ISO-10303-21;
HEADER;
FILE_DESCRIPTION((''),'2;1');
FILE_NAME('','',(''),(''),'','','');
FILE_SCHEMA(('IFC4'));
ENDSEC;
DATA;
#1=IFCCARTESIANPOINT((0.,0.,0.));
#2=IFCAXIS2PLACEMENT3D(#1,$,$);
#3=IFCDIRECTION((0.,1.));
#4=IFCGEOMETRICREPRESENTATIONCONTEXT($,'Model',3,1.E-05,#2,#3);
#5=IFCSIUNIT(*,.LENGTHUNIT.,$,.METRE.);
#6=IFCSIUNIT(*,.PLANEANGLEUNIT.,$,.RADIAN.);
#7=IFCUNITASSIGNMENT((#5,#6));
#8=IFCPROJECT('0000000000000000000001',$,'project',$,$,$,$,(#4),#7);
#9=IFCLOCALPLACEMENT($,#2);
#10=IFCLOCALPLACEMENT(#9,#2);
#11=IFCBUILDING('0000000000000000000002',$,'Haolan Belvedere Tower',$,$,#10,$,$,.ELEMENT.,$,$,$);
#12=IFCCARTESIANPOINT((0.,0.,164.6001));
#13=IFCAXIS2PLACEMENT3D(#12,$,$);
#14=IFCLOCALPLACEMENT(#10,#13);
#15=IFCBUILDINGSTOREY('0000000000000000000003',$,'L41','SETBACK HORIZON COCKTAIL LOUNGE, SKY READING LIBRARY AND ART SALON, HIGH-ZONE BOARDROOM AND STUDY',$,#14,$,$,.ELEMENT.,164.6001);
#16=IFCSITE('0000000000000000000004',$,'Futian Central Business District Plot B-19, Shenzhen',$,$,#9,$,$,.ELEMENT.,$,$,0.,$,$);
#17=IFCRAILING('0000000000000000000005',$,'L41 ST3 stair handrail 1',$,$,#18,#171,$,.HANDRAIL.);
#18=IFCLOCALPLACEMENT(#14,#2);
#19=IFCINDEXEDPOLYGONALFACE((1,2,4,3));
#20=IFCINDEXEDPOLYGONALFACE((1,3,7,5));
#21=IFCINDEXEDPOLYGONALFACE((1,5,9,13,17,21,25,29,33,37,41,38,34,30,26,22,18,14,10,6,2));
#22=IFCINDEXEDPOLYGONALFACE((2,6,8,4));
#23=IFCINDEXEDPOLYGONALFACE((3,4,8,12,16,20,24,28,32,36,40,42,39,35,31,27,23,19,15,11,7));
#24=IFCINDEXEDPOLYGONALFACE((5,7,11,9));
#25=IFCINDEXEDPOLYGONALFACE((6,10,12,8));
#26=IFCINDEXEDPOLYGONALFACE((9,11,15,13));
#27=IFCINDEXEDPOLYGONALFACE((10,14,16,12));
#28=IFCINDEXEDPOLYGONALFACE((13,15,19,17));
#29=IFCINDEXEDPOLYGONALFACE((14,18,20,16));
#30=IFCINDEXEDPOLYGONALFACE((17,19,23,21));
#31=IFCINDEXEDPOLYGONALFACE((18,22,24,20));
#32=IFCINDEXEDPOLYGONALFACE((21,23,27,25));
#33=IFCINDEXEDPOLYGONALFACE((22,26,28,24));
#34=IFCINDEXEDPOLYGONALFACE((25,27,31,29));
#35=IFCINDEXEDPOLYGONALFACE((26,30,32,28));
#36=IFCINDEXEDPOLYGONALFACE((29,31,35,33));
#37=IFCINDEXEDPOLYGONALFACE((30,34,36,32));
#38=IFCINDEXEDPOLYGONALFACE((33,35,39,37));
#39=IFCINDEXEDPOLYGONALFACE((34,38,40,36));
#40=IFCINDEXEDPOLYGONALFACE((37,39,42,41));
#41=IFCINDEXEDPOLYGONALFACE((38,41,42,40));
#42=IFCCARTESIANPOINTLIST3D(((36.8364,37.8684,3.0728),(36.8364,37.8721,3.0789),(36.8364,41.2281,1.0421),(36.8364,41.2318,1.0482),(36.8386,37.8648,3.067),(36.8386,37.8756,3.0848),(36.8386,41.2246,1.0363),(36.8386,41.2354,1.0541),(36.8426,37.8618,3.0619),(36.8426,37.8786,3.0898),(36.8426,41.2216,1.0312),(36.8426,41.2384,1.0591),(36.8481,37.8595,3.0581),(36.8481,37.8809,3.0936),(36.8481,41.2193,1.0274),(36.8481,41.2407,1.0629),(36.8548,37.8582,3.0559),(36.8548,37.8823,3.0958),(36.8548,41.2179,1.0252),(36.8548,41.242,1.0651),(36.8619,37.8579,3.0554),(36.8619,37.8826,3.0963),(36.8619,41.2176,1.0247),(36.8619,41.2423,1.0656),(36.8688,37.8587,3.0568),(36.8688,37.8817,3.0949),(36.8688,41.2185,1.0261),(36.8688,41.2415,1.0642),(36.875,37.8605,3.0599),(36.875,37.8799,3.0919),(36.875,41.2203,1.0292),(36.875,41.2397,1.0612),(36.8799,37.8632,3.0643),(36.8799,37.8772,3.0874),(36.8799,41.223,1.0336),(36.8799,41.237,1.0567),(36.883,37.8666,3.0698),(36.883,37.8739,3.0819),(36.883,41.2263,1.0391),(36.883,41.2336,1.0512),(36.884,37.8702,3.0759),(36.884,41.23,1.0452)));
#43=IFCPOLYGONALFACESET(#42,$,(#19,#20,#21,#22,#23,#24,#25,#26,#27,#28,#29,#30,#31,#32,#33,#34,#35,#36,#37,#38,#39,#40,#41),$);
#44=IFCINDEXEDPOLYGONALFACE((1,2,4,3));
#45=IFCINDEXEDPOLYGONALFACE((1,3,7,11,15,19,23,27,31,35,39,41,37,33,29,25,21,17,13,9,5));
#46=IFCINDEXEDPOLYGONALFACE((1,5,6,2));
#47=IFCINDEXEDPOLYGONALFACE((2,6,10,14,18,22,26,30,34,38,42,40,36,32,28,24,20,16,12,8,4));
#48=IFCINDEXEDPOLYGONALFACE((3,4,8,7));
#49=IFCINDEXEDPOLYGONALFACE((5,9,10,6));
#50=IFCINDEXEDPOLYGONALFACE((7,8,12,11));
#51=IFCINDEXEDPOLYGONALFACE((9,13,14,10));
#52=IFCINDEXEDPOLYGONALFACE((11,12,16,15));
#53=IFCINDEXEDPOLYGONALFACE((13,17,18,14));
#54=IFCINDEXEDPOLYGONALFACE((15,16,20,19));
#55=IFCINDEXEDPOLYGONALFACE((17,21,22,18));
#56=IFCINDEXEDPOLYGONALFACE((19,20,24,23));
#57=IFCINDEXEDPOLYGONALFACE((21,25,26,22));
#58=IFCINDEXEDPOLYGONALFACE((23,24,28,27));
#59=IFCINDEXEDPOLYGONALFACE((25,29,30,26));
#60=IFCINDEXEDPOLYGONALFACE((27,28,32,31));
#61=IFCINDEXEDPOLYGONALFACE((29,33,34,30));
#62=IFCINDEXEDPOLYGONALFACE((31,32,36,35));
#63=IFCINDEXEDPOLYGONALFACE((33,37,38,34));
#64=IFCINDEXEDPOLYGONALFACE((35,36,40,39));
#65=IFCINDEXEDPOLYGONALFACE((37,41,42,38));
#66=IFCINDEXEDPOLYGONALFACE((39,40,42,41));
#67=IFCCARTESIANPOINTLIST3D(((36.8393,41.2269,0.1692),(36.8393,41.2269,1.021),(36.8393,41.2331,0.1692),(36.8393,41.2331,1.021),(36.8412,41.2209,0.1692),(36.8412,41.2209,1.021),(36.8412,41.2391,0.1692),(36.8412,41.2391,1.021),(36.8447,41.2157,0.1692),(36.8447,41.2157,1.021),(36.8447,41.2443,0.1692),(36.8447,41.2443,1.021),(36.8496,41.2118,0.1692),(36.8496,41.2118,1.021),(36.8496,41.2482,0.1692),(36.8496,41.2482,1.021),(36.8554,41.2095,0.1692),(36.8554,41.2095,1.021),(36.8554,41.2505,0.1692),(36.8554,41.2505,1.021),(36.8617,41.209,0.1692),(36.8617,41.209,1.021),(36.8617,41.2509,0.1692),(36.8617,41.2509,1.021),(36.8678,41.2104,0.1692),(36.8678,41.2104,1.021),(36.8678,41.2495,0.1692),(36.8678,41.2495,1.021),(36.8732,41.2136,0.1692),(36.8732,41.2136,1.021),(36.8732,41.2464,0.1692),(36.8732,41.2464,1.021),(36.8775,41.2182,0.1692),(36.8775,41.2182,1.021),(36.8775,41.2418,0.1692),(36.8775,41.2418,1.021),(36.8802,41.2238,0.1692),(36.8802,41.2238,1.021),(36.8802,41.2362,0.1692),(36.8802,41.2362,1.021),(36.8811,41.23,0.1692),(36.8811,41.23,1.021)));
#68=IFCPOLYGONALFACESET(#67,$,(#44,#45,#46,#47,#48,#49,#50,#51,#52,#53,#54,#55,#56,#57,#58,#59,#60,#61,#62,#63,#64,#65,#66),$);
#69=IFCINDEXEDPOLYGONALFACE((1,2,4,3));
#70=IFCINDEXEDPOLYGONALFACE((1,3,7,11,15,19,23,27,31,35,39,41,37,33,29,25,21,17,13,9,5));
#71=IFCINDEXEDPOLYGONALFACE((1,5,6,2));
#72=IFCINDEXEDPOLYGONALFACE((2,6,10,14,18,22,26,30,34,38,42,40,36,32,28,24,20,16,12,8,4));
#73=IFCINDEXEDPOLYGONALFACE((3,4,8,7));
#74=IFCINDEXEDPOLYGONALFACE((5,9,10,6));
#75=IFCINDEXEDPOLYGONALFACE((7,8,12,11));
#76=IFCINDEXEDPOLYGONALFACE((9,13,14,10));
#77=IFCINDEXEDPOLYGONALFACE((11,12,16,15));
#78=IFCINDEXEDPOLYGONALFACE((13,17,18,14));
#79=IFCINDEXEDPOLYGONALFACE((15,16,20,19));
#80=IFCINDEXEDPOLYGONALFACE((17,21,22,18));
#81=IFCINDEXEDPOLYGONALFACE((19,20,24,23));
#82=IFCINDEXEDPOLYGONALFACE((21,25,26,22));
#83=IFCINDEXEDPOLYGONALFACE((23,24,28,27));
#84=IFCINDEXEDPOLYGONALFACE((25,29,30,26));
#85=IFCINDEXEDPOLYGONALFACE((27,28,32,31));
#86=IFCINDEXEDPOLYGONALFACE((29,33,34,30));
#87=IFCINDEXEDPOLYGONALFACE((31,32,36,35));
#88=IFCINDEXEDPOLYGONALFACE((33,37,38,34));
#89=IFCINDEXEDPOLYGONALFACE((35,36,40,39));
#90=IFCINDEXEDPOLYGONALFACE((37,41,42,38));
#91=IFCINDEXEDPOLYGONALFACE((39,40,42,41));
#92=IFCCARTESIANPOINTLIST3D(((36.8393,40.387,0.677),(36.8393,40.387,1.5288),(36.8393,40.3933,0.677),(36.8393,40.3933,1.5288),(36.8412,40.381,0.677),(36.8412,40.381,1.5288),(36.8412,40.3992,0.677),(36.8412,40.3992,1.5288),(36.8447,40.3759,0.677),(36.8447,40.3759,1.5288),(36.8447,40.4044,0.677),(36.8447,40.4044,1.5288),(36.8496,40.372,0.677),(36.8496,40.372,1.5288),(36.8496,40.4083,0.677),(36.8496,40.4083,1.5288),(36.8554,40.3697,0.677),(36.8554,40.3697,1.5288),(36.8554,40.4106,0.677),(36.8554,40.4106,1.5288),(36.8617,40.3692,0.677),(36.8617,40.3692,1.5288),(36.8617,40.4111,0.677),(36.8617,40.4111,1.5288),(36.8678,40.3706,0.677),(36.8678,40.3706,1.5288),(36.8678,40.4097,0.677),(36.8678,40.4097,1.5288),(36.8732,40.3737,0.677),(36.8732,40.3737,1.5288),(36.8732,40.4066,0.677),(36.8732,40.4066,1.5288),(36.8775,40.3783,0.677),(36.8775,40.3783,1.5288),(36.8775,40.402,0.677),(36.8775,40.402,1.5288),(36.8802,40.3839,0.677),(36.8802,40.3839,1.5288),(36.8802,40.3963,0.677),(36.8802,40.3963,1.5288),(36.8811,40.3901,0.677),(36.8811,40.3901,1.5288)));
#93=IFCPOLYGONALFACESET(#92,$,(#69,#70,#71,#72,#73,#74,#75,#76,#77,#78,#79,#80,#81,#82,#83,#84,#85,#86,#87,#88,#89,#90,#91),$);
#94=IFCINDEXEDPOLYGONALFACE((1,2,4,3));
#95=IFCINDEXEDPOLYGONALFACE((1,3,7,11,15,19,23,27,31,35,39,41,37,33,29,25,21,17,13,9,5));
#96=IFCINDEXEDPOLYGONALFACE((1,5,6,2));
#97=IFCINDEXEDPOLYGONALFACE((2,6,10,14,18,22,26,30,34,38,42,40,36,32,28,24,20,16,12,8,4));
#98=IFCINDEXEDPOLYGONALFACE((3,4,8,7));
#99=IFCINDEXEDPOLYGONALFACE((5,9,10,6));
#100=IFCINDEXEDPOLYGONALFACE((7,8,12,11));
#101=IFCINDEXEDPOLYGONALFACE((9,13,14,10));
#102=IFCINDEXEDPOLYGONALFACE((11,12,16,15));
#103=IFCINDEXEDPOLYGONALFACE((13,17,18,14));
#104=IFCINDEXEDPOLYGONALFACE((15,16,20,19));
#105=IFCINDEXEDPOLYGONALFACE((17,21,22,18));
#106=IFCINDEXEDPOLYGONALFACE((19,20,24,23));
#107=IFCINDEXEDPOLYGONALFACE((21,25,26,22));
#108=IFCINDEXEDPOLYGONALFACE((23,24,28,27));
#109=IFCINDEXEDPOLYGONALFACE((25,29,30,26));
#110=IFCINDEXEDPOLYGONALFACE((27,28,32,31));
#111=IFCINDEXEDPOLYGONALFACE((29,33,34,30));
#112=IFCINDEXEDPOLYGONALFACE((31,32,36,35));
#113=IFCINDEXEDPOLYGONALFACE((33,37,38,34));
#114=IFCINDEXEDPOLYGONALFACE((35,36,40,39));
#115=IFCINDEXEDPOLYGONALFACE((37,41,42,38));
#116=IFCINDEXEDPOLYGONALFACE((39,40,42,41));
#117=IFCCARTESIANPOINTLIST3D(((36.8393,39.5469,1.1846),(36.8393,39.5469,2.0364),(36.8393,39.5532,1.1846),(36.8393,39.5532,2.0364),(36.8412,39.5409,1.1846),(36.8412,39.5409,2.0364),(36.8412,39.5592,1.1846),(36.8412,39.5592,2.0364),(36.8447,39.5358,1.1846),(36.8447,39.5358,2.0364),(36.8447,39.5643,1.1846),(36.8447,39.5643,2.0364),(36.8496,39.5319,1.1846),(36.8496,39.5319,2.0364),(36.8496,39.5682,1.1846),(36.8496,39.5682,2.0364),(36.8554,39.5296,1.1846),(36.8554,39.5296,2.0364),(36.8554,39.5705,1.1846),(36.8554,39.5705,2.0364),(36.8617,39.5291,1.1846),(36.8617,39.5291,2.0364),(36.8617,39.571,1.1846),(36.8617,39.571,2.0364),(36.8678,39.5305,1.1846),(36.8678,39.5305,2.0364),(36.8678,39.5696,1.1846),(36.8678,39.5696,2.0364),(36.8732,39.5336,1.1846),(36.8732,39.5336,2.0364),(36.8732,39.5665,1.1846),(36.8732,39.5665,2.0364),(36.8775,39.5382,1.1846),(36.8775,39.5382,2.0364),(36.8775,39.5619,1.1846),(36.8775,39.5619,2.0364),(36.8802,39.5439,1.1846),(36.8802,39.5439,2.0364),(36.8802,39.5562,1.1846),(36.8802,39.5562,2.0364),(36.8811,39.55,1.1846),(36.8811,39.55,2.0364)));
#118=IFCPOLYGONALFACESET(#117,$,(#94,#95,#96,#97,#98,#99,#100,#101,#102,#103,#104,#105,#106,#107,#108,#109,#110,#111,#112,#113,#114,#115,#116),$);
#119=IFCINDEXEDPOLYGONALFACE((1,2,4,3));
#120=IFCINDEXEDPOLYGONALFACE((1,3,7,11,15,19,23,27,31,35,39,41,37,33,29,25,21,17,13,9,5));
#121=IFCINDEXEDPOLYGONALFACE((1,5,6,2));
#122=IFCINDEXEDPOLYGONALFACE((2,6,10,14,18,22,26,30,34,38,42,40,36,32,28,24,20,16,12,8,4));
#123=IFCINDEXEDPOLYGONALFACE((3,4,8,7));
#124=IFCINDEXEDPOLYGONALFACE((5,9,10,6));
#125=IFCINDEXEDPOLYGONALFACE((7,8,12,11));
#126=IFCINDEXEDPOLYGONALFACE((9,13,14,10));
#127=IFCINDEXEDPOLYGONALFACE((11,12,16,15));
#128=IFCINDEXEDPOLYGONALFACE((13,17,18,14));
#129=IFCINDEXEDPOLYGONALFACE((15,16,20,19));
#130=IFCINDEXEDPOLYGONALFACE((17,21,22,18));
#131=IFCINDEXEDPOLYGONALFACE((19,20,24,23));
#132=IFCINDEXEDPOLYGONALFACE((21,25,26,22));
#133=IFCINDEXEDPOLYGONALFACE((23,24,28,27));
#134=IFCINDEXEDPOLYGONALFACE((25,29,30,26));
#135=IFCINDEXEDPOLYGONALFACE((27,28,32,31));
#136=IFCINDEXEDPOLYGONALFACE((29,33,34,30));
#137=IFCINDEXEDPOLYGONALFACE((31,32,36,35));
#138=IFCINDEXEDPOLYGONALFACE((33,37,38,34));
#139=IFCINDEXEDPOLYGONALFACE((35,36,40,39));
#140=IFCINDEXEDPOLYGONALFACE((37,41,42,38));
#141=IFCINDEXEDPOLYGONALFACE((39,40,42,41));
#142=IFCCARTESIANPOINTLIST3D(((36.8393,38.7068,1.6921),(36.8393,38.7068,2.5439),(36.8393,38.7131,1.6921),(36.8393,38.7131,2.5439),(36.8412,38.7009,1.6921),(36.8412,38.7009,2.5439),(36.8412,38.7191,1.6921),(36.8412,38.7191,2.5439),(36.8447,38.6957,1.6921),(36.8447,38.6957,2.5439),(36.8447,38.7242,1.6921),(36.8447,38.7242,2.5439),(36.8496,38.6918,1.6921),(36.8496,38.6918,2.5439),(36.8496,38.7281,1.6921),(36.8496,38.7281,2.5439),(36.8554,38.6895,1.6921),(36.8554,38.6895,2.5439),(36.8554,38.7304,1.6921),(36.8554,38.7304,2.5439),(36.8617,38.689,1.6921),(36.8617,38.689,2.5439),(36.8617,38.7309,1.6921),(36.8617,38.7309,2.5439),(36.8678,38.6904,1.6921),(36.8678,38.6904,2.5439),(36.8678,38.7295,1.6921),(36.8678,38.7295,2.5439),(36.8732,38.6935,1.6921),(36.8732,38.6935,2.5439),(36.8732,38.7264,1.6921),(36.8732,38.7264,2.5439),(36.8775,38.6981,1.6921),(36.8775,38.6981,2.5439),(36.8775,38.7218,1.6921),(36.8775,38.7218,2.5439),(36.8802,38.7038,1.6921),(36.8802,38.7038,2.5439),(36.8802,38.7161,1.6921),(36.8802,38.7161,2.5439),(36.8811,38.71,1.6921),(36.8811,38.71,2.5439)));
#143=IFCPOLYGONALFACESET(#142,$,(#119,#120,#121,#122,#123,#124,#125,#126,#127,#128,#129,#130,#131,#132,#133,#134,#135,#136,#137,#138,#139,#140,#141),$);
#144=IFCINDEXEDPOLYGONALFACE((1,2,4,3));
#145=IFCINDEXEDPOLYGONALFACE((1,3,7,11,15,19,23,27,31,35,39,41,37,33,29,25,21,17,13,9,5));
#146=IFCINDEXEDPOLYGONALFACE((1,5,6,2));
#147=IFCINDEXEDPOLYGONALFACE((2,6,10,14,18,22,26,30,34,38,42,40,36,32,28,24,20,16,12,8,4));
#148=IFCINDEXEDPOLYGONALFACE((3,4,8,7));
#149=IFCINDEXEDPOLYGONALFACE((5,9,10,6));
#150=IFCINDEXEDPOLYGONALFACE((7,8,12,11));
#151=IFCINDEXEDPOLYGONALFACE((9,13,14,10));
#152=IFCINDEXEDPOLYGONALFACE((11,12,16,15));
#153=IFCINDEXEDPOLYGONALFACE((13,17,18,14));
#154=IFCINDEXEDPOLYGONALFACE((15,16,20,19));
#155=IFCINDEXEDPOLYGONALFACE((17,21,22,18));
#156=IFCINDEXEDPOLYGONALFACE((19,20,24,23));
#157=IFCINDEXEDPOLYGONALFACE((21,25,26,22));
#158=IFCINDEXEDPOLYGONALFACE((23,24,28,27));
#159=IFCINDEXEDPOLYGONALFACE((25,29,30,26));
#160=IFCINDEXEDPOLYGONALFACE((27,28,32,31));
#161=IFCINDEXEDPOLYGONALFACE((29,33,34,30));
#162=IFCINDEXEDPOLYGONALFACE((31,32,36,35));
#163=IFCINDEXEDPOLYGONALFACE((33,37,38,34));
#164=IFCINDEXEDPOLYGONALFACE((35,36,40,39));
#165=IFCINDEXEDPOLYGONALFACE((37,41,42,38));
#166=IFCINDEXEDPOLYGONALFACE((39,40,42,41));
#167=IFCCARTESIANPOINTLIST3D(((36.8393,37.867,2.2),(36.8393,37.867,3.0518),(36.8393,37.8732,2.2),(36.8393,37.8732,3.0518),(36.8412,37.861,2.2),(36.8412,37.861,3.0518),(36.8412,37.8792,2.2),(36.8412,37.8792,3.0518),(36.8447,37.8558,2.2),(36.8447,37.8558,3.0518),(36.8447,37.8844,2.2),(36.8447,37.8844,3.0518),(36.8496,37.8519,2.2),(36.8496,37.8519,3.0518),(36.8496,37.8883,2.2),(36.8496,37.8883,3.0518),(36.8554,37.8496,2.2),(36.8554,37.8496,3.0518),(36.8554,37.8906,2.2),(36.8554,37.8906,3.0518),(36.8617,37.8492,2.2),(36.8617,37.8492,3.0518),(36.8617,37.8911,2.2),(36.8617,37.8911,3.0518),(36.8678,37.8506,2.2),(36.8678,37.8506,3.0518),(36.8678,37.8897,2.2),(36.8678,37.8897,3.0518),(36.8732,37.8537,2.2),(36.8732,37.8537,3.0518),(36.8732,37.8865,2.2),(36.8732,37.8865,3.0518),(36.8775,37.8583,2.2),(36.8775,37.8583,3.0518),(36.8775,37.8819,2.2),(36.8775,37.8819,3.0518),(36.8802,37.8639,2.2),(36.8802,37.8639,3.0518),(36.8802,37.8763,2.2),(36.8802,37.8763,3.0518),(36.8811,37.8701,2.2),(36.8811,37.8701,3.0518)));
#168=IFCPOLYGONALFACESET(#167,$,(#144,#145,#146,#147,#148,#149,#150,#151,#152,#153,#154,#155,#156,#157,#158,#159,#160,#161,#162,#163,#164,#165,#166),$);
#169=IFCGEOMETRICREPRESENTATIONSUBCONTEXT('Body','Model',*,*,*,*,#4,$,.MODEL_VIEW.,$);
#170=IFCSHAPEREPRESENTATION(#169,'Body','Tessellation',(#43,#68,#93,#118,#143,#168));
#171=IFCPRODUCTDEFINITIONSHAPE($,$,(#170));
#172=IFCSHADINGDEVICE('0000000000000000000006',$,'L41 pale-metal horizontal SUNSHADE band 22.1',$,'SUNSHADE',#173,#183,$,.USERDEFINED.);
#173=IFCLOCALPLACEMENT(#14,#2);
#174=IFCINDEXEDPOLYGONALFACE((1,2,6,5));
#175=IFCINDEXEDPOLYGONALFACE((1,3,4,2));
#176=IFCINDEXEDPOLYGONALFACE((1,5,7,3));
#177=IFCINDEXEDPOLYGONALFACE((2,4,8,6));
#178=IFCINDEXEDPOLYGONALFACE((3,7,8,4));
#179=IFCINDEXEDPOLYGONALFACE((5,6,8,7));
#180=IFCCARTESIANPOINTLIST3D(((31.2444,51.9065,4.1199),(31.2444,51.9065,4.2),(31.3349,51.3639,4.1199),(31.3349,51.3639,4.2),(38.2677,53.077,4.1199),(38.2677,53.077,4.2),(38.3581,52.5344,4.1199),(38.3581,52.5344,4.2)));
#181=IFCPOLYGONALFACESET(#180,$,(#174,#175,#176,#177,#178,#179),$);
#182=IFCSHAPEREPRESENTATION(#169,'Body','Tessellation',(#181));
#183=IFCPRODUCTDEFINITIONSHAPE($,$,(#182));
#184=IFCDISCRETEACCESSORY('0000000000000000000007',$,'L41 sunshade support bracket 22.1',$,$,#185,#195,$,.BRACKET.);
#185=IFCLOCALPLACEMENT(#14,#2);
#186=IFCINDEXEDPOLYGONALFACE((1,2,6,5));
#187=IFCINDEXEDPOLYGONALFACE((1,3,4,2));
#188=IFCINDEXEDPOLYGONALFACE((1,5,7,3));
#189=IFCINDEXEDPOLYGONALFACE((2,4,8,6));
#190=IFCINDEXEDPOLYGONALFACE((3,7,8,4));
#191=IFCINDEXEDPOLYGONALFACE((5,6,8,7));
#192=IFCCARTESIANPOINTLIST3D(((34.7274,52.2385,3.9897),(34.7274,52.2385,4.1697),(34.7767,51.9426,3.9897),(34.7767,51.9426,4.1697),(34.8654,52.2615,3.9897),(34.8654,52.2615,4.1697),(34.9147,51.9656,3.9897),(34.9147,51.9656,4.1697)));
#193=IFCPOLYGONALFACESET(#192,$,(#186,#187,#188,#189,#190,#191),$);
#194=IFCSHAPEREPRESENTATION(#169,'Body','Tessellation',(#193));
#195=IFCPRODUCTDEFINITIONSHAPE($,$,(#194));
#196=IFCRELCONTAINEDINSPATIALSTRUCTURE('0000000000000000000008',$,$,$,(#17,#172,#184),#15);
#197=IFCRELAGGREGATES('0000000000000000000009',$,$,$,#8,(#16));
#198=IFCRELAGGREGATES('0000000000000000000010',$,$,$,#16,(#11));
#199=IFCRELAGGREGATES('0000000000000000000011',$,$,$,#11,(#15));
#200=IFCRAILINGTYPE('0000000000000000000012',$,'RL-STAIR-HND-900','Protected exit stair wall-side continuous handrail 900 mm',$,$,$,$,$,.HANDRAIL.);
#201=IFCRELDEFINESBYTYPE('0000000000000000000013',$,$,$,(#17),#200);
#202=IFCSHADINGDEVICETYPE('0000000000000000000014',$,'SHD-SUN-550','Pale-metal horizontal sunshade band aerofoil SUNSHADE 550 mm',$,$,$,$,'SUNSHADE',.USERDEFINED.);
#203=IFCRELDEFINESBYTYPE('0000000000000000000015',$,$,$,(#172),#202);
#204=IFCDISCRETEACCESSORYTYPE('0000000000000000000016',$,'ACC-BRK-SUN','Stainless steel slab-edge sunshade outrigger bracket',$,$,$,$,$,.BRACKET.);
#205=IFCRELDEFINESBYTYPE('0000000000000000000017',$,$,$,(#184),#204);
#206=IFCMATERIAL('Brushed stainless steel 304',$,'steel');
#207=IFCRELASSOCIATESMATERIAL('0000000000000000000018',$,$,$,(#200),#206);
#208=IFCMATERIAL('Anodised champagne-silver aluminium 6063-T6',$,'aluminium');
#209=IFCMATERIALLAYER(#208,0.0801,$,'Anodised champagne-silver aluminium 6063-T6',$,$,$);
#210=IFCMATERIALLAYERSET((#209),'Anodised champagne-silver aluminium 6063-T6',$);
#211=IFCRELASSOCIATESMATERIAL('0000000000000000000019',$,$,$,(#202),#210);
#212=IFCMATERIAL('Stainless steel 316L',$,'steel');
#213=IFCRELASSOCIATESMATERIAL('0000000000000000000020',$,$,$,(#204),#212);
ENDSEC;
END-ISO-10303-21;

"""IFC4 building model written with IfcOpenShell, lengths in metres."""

from ifc_helpers import new_model, si_unit, direction, frame, origin, origin_2d, place, context, subcontext, project, spatial, rectangle, circle, extrude, material, layer, layer_set, type_object, element, save


model = new_model("IFC4")

# Units and contexts
model_context = context("Model", 3, precision=1e-05, world=origin(), true_north=direction((0.0, 1.0)))
body_context = subcontext(model_context, "Body", "Model", "MODEL_VIEW")
ifc_project = project(units=[si_unit("LENGTHUNIT", "METRE"), si_unit("PLANEANGLEUNIT", "RADIAN")], contexts=[model_context])

# Site, building, storey
site_placement = place(None, origin())
site = spatial("IfcSite", under=ifc_project, at=site_placement, Name="Futian Central Business District Plot B-19, Shenzhen", CompositionType="ELEMENT", RefElevation=0.0)
building_placement = place(site_placement, origin())
building = spatial("IfcBuilding", under=site, at=building_placement, Name="Haolan Belvedere Tower", CompositionType="ELEMENT")
storey_placement = place(building_placement, frame((0.0, 0.0, 164.6001)))
storey = spatial("IfcBuildingStorey", under=building, at=storey_placement, Name="L41", Description="SETBACK HORIZON COCKTAIL LOUNGE, SKY READING LIBRARY AND ART SALON, HIGH-ZONE BOARDROOM AND STUDY", CompositionType="ELEMENT", Elevation=164.6001)

# Railing
ifc_material_1 = material(Name="Brushed stainless steel 304", Category="steel")
railing_type_1 = type_object("IfcRailingType", Name="RL-STAIR-HND-900", Description="Protected exit stair wall-side continuous handrail 900 mm", PredefinedType="HANDRAIL", material=ifc_material_1)
railing_1_placement = place(storey_placement, frame((36.8601, 41.23, 0.1692)))
element("IfcRailing", 1, at=railing_1_placement, inside=storey, type_object=railing_type_1, Name="L41 ST3 stair handrail 1", PredefinedType="HANDRAIL", context=body_context, shape_type="SweptSolid", body=[
    extrude(circle(Radius=0.0239, at=origin_2d()), frame((0.0, 0.0, 0.876), z_axis=(0.0, -0.85582, 0.517273), x_axis=(1.0, 0.0, 0.0)), (0.0, 0.0, 1.0), 3.9258),
    extrude(circle(Radius=0.021, at=origin_2d()), origin(), (0.0, 0.0, 1.0), 0.8518),
    extrude(circle(Radius=0.021, at=origin_2d()), frame((0.0, -0.8398, 0.5078)), (0.0, 0.0, 1.0), 0.8518),
    extrude(circle(Radius=0.021, at=origin_2d()), frame((0.0, -1.6799, 1.0154)), (0.0, 0.0, 1.0), 0.8518),
    extrude(circle(Radius=0.021, at=origin_2d()), frame((0.0, -2.52, 1.5229)), (0.0, 0.0, 1.0), 0.8518),
    extrude(circle(Radius=0.021, at=origin_2d()), frame((0.0, -3.3599, 2.0308)), (0.0, 0.0, 1.0), 0.8518),
])

# Shading device
ifc_material_2 = material(Name="Anodised champagne-silver aluminium 6063-T6", Category="aluminium")
ifc_layer_1 = layer(ifc_material_2, 0.0801, Name="Anodised champagne-silver aluminium 6063-T6")
ifc_layer_set_1 = layer_set([ifc_layer_1], Name="Anodised champagne-silver aluminium 6063-T6")
shading_device_type = type_object("IfcShadingDeviceType", Name="SHD-SUN-550", Description="Pale-metal horizontal sunshade band aerofoil SUNSHADE 550 mm", ElementType="SUNSHADE", PredefinedType="USERDEFINED", material=ifc_layer_set_1)
shading_device_placement = place(storey_placement, frame((34.8013, 52.2205, 4.1199), z_axis=(0.0, 0.0, 1.0), x_axis=(-0.986395, -0.164393, 0.0)))
element("IfcShadingDevice", 2, at=shading_device_placement, inside=storey, type_object=shading_device_type, Name="L41 pale-metal horizontal SUNSHADE band 22.1", ObjectType="SUNSHADE", PredefinedType="USERDEFINED", context=body_context, shape_type="SweptSolid", body=[
    extrude(rectangle(XDim=7.1201, YDim=0.55, at=origin_2d()), origin(), (0.0, 0.0, 1.0), 0.0801),
])

# Discrete accessory
ifc_material_3 = material(Name="Stainless steel 316L", Category="steel")
discrete_accessory_type = type_object("IfcDiscreteAccessoryType", Name="ACC-BRK-SUN", Description="Stainless steel slab-edge sunshade outrigger bracket", PredefinedType="BRACKET", material=ifc_material_3)
discrete_accessory_placement = place(storey_placement, frame((34.821, 52.1021, 3.9897), z_axis=(0.0, 0.0, 1.0), x_axis=(-0.986395, -0.164393, 0.0)))
element("IfcDiscreteAccessory", 3, at=discrete_accessory_placement, inside=storey, type_object=discrete_accessory_type, Name="L41 sunshade support bracket 22.1", PredefinedType="BRACKET", context=body_context, shape_type="SweptSolid", body=[
    extrude(rectangle(XDim=0.1399, YDim=0.3, at=origin_2d()), origin(), (0.0, 0.0, 1.0), 0.1799),
])

save(model, "model.ifc")
